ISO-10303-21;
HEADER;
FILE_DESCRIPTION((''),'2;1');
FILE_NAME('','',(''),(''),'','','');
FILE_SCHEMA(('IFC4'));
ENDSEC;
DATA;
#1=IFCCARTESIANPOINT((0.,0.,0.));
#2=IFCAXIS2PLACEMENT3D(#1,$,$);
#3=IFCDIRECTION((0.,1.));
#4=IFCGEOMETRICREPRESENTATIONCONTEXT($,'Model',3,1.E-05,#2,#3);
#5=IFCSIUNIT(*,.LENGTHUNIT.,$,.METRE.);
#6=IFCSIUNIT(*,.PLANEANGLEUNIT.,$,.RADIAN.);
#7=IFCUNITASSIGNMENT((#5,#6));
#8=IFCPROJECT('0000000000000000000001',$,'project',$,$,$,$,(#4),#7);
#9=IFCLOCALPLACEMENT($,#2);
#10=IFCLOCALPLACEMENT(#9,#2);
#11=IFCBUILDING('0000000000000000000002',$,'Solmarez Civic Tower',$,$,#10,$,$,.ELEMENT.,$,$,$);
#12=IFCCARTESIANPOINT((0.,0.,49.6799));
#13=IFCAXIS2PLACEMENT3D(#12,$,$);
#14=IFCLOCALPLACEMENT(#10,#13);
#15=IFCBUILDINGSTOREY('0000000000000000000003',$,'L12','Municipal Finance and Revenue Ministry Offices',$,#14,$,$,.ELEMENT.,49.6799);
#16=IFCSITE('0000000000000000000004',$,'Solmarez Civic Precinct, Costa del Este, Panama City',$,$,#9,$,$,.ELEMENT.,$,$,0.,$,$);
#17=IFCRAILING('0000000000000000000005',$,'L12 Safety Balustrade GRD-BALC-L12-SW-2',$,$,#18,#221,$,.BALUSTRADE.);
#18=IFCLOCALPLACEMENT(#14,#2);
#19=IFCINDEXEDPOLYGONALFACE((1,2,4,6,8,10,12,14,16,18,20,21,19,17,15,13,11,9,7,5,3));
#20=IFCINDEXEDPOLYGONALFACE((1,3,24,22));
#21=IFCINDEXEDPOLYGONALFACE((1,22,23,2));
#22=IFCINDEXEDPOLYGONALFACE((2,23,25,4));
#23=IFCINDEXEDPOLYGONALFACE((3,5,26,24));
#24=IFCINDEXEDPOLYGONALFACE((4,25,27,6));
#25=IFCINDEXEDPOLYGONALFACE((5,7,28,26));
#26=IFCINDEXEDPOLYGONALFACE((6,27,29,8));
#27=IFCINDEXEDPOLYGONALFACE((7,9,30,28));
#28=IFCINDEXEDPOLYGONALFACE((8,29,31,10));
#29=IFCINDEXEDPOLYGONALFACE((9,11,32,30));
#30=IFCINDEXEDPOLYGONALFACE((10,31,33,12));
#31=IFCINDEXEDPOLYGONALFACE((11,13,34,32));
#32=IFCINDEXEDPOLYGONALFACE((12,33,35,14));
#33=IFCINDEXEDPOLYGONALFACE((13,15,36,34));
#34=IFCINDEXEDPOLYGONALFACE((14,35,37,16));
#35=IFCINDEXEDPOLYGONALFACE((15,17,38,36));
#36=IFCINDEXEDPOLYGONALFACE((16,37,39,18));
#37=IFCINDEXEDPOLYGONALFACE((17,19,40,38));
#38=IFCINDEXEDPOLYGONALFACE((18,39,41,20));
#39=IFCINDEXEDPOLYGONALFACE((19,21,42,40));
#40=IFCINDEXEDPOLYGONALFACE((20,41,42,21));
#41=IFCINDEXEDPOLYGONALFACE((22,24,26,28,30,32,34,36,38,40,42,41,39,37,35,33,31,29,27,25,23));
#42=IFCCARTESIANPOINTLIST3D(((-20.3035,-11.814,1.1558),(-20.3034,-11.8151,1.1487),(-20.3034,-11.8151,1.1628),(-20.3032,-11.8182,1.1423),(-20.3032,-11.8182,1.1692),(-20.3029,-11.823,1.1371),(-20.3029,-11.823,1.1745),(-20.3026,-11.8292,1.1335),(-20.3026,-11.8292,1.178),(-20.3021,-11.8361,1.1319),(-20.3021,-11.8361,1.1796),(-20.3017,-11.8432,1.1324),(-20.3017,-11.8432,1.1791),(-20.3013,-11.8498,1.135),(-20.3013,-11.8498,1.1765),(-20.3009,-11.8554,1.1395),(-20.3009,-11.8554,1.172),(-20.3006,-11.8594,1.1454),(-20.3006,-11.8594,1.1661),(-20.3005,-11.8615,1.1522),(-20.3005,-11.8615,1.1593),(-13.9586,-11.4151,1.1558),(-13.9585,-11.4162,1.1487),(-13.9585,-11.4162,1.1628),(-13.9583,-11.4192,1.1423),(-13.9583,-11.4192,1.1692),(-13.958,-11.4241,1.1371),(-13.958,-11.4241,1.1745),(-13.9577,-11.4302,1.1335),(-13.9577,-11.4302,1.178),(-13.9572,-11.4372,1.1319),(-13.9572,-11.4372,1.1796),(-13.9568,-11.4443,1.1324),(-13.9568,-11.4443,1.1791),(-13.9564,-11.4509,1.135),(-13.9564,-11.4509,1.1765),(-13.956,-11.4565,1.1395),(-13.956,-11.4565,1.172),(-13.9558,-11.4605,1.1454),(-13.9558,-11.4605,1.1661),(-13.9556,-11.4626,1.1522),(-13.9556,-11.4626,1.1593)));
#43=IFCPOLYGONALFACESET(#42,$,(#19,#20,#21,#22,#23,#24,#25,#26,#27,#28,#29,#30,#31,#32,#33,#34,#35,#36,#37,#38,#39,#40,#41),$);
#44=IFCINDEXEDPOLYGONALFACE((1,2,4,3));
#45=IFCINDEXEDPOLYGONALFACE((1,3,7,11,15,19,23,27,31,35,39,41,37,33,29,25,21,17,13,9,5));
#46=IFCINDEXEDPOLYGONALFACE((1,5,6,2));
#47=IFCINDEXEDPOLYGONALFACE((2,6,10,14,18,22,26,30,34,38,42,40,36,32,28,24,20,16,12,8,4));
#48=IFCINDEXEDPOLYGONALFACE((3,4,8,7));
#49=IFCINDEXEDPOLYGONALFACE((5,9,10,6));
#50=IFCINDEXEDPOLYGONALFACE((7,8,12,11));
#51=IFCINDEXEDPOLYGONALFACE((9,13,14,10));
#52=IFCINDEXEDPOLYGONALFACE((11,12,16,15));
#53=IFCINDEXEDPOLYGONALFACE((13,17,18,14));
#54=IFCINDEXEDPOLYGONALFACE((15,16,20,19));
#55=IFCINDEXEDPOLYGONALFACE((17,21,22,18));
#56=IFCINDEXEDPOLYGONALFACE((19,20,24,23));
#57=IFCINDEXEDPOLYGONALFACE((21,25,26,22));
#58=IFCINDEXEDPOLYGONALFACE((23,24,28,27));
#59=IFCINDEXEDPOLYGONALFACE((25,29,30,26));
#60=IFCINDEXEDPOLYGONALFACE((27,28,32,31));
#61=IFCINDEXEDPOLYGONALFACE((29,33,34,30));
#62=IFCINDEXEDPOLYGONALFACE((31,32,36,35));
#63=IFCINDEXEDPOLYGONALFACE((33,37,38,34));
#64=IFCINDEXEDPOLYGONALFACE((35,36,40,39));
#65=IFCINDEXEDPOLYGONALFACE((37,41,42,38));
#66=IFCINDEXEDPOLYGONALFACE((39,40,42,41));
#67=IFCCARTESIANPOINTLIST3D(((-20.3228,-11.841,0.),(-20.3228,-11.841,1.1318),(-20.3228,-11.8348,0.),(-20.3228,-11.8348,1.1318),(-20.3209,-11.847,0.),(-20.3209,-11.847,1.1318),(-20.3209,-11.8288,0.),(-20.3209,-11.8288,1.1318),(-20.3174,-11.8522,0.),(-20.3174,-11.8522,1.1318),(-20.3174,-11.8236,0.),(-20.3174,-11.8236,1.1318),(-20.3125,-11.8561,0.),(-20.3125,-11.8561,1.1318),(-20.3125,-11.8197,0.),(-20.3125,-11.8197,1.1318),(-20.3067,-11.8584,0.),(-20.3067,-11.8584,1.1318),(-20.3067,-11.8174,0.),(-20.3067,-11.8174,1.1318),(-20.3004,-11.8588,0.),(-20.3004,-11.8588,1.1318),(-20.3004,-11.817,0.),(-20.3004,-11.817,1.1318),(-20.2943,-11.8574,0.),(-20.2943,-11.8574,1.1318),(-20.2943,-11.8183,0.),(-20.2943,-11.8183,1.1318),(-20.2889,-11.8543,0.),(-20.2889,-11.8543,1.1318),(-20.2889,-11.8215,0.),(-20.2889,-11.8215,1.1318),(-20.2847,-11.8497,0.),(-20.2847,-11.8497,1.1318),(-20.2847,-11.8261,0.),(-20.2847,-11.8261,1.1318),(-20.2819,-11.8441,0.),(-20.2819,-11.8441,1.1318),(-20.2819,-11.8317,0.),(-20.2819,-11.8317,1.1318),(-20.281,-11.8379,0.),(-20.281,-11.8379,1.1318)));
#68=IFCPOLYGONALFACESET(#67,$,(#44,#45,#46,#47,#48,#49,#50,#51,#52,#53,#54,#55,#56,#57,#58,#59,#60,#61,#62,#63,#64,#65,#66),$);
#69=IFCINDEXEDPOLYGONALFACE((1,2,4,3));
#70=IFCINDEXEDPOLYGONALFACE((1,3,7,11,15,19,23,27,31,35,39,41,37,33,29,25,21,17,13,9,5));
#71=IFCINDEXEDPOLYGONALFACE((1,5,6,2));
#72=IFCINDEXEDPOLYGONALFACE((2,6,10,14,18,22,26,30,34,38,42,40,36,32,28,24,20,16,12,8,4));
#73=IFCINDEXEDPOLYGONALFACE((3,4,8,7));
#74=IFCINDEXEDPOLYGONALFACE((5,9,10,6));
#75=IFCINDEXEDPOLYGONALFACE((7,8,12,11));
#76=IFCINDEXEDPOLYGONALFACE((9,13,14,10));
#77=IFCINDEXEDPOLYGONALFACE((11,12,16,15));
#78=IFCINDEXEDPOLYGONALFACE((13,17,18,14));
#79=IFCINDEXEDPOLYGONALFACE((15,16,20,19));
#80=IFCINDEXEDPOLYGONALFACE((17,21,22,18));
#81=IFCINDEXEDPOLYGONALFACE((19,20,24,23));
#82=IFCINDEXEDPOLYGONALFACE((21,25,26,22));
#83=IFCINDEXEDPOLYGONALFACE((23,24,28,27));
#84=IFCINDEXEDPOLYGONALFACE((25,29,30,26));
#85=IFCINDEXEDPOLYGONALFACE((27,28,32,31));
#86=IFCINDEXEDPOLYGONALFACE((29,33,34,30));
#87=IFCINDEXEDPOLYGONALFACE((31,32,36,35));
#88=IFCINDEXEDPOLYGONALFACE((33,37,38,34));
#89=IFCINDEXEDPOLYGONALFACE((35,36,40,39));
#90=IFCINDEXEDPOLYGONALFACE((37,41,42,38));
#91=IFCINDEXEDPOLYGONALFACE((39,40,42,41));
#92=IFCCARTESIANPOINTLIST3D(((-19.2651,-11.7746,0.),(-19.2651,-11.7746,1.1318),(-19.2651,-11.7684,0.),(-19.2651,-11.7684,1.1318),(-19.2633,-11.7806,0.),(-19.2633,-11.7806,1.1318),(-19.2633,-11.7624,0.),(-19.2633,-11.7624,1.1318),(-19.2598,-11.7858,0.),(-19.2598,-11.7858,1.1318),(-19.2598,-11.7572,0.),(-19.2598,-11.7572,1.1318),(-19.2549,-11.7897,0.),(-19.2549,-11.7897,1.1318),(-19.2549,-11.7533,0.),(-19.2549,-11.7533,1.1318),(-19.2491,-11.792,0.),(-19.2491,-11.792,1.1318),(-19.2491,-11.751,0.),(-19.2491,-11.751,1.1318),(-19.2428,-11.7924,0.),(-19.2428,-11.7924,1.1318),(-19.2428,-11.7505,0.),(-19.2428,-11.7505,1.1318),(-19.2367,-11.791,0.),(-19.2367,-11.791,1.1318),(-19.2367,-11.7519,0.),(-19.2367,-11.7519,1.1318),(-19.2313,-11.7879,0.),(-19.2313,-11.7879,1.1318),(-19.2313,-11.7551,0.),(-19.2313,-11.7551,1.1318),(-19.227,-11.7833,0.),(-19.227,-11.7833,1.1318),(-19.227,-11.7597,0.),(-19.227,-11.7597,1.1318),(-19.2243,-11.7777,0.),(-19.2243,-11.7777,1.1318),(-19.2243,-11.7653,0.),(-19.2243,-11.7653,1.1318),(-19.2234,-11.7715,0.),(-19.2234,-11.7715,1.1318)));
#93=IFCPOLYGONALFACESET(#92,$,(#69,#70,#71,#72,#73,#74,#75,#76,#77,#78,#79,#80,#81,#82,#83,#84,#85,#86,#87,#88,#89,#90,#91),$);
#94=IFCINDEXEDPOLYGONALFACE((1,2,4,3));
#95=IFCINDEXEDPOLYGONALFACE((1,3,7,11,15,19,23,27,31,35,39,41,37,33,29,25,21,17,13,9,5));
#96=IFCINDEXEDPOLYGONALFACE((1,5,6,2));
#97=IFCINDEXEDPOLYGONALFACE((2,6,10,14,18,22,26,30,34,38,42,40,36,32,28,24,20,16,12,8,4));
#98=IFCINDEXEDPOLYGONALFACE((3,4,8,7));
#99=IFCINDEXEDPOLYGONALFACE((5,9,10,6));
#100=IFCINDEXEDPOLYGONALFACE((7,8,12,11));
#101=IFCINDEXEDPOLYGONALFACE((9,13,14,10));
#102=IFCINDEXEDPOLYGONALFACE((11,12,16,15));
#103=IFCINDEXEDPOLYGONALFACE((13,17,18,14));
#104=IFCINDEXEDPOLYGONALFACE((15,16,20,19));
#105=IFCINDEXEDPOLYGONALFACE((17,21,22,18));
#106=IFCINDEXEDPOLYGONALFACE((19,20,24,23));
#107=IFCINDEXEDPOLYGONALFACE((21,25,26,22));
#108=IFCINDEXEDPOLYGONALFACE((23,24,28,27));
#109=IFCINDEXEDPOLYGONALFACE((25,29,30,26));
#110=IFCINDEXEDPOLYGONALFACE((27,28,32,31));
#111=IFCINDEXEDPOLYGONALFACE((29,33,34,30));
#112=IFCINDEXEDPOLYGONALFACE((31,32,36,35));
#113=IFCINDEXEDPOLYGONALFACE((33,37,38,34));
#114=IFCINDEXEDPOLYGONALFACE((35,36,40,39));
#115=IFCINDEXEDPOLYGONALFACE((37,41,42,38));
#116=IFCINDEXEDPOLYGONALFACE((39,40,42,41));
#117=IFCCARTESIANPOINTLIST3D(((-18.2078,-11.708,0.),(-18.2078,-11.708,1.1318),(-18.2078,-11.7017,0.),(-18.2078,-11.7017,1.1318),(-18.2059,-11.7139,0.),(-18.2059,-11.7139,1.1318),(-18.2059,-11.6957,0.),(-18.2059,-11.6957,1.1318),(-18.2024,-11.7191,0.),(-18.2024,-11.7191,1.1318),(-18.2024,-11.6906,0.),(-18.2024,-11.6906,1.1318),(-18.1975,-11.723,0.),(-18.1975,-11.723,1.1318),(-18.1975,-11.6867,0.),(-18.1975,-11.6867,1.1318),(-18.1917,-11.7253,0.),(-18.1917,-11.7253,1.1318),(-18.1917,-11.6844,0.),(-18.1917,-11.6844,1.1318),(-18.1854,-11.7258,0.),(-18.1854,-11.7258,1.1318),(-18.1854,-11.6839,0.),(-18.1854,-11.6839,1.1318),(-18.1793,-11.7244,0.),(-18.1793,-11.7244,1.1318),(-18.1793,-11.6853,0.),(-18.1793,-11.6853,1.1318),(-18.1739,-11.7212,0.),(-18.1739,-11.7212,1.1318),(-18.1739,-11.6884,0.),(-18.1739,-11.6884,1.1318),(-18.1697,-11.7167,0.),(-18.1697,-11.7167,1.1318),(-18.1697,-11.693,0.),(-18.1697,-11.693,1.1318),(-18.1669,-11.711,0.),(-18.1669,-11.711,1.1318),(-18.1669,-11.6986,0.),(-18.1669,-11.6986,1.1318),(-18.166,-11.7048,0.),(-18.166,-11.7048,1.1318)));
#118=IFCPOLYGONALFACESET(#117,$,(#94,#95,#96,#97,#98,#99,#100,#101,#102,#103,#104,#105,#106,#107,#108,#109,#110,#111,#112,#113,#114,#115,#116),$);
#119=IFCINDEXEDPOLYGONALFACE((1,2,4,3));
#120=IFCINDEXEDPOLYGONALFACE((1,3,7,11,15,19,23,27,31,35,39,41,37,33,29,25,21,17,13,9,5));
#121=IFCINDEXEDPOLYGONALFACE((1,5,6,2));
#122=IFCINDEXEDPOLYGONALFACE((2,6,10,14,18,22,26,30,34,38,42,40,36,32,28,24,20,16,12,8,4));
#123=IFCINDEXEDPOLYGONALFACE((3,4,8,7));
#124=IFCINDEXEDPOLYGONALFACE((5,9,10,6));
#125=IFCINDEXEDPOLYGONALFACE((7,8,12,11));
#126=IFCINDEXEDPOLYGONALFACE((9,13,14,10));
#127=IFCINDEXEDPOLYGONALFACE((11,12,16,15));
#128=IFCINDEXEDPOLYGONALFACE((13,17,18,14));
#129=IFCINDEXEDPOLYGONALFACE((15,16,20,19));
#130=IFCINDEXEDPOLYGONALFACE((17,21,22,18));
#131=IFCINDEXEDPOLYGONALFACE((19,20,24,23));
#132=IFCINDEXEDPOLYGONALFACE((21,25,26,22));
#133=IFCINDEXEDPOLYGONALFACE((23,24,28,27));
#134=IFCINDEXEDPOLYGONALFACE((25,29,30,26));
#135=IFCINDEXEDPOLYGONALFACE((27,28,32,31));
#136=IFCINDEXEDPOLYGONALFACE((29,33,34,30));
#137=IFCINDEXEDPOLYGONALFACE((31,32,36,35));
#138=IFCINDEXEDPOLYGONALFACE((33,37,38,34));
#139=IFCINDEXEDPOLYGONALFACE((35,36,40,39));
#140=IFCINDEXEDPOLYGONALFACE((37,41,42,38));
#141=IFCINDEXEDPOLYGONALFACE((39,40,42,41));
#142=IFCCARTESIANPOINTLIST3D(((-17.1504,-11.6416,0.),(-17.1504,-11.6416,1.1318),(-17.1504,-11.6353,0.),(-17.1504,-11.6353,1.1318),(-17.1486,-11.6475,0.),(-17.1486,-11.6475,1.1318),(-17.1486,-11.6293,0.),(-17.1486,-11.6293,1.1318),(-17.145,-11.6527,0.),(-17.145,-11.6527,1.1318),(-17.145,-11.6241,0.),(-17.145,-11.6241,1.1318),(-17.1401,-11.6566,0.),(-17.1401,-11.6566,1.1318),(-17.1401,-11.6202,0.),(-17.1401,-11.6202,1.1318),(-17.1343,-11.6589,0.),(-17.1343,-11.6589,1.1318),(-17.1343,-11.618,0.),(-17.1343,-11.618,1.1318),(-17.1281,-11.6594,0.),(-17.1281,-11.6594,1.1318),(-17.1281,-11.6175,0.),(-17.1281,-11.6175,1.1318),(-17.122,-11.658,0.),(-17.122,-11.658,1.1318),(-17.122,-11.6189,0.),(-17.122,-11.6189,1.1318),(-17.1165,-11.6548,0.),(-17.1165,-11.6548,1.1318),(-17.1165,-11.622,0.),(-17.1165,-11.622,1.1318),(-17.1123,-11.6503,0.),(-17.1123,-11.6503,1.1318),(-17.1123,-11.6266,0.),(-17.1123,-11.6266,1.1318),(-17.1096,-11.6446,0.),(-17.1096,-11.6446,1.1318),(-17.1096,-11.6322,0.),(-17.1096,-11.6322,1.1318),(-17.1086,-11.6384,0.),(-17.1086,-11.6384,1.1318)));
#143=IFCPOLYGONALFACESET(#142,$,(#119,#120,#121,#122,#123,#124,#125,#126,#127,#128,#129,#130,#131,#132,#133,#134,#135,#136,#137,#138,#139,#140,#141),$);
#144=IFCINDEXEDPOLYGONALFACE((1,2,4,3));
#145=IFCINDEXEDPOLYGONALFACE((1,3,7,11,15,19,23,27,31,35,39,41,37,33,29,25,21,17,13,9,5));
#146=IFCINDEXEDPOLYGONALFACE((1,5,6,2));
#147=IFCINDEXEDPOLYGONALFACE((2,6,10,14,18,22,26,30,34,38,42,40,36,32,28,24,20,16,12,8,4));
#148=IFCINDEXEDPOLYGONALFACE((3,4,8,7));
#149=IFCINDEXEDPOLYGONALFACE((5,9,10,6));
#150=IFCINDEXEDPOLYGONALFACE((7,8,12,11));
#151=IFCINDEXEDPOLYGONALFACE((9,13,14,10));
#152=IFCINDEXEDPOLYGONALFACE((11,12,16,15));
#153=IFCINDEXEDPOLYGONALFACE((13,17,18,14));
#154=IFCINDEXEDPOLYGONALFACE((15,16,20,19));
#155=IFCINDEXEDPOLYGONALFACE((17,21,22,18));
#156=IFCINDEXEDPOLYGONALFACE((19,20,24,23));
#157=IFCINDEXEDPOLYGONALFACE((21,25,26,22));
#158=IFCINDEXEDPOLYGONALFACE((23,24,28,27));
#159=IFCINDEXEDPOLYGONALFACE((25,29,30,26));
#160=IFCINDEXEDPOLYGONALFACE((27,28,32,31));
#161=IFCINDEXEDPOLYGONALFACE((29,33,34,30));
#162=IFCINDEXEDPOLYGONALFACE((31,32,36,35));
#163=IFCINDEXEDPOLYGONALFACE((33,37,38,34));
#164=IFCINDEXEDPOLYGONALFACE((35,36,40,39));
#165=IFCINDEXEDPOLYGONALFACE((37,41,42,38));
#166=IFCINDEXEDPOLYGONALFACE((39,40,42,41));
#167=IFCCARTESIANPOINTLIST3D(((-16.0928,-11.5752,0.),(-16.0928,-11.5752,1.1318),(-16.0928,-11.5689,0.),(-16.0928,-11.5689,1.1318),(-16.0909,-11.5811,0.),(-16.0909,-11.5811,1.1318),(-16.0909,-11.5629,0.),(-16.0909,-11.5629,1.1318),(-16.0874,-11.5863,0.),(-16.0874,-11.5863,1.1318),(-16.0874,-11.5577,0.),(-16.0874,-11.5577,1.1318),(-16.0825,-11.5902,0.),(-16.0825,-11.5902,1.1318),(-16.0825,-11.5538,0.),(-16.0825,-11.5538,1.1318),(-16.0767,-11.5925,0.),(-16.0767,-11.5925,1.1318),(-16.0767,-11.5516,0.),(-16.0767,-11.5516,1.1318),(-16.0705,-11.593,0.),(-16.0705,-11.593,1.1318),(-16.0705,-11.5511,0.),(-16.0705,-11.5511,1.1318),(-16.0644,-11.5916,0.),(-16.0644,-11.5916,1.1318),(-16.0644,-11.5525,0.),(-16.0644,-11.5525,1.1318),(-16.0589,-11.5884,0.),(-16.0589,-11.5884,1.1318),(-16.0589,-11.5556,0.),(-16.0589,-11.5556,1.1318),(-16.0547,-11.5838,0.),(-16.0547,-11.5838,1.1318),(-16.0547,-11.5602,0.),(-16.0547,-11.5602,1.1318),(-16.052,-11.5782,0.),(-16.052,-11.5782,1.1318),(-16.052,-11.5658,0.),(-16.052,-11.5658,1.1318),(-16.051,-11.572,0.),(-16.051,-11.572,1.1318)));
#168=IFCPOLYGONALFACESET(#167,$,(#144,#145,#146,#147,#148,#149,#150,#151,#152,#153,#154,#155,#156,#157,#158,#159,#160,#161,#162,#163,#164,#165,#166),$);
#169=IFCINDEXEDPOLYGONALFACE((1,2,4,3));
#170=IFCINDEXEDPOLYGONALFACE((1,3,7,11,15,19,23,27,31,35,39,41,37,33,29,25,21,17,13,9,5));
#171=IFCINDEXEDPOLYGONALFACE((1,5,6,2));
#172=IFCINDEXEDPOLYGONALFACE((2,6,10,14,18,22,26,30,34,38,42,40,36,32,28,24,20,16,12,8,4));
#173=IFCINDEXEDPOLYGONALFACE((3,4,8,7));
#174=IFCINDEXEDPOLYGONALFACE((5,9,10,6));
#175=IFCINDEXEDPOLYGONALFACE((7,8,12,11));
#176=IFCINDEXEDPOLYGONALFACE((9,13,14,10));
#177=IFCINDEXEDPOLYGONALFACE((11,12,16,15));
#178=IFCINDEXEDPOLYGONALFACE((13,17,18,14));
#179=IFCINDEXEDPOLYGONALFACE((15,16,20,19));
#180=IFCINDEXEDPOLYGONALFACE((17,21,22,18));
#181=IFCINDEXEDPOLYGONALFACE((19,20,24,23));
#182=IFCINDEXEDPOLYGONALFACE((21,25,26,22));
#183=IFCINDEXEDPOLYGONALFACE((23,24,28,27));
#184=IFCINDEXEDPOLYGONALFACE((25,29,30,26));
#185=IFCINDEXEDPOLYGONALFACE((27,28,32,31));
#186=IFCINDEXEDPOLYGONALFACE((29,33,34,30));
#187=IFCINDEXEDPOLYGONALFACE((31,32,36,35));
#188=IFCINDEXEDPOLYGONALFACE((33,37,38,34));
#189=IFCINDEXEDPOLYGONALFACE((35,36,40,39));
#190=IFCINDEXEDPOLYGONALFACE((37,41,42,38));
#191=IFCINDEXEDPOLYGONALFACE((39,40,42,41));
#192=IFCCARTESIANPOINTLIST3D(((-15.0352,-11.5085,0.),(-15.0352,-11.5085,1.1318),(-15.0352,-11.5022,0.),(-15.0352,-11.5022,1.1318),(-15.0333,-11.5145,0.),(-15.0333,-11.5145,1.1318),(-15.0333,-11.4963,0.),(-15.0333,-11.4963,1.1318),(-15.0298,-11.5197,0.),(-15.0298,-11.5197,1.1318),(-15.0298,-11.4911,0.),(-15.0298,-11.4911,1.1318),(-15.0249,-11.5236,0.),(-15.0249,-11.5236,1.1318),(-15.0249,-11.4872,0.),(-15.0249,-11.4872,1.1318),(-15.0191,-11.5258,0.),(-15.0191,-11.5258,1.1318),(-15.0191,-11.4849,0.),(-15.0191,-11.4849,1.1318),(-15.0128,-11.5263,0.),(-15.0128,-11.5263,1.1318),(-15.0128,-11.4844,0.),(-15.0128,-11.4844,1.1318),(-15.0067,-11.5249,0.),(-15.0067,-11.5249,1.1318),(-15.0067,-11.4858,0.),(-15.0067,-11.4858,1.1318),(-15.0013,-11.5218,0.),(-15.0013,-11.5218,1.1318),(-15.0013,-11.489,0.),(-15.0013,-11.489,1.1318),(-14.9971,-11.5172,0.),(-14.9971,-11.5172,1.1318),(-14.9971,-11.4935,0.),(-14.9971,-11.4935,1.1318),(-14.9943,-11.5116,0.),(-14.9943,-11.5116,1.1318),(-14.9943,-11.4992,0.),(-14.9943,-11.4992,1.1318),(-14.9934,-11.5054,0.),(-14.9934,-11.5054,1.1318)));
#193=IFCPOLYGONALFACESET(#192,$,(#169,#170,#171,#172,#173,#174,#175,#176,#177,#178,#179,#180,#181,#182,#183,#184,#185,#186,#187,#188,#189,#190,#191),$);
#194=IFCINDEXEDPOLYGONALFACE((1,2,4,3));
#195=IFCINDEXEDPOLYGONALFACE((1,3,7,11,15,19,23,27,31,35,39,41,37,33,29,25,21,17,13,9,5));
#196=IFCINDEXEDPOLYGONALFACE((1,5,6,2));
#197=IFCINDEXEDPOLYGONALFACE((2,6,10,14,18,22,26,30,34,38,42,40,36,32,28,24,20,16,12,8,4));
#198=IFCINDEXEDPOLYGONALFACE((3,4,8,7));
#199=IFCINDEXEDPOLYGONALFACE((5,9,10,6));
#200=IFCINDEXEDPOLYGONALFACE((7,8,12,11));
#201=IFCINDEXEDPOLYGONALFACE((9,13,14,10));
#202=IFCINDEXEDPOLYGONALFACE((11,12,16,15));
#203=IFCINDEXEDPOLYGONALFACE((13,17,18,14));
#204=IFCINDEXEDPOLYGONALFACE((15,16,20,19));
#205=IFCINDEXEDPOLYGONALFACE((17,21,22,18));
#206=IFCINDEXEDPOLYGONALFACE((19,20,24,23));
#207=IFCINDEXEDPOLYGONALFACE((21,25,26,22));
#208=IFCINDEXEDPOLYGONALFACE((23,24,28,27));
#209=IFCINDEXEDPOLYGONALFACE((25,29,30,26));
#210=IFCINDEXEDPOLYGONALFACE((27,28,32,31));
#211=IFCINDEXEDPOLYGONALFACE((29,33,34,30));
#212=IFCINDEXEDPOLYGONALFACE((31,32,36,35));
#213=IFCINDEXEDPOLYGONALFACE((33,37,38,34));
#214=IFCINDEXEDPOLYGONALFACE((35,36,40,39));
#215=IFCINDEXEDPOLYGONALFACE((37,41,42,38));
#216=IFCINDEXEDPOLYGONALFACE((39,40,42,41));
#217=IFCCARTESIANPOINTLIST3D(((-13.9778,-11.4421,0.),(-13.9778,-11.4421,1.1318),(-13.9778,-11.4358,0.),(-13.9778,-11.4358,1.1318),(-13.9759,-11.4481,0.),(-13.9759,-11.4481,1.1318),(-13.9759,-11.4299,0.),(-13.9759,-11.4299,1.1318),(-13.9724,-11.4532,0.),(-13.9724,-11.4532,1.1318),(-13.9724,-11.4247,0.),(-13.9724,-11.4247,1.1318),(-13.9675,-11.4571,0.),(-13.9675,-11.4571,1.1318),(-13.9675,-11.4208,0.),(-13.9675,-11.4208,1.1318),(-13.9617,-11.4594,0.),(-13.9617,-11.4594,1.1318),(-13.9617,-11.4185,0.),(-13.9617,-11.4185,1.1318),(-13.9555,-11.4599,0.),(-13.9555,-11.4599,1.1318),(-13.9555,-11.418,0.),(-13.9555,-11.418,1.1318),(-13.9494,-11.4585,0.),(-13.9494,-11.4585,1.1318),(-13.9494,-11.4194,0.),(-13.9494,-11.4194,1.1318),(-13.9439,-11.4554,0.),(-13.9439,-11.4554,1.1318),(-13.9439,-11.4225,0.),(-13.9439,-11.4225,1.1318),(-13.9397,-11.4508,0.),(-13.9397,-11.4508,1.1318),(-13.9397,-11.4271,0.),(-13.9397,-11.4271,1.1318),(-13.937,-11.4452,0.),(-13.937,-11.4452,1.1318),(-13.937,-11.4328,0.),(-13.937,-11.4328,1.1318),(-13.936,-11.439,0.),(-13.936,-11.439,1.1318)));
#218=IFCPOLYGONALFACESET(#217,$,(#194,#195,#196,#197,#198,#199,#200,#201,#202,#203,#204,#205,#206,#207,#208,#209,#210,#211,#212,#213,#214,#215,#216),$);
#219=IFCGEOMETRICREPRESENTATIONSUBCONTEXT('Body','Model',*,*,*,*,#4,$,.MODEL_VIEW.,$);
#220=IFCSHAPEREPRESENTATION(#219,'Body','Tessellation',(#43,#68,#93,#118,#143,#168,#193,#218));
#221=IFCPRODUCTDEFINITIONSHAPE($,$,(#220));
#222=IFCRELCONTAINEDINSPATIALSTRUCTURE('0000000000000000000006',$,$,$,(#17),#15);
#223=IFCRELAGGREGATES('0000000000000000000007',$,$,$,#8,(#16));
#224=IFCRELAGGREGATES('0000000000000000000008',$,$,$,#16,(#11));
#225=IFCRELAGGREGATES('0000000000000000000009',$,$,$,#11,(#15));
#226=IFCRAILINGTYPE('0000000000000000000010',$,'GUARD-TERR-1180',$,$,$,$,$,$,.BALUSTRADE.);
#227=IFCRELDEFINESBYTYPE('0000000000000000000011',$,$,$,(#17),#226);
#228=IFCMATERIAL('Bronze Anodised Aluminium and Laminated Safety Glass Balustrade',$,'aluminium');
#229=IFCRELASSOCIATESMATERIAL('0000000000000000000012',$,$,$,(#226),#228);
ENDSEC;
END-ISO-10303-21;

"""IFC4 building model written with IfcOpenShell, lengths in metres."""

from ifc_helpers import new_model, si_unit, direction, frame, origin, origin_2d, place, context, subcontext, project, spatial, circle, extrude, material, type_object, element, save


model = new_model("IFC4")

# Units and contexts
model_context = context("Model", 3, precision=1e-05, world=origin(), true_north=direction((0.0, 1.0)))
body_context = subcontext(model_context, "Body", "Model", "MODEL_VIEW")
ifc_project = project(units=[si_unit("LENGTHUNIT", "METRE"), si_unit("PLANEANGLEUNIT", "RADIAN")], contexts=[model_context])

# Site, building, storey
site_placement = place(None, origin())
site = spatial("IfcSite", under=ifc_project, at=site_placement, Name="Solmarez Civic Precinct, Costa del Este, Panama City", CompositionType="ELEMENT", RefElevation=0.0)
building_placement = place(site_placement, origin())
building = spatial("IfcBuilding", under=site, at=building_placement, Name="Solmarez Civic Tower", CompositionType="ELEMENT")
storey_placement = place(building_placement, frame((0.0, 0.0, 49.6799)))
storey = spatial("IfcBuildingStorey", under=building, at=storey_placement, Name="L12", Description="Municipal Finance and Revenue Ministry Offices", CompositionType="ELEMENT", Elevation=49.6799)

# Railing
ifc_material_1 = material(Name="Bronze Anodised Aluminium and Laminated Safety Glass Balustrade", Category="aluminium")
railing_type = type_object("IfcRailingType", Name="GUARD-TERR-1180", PredefinedType="BALUSTRADE", material=ifc_material_1)
railing_1_placement = place(storey_placement, frame((-20.302, -11.8379, 0.0)))
element("IfcRailing", 1, at=railing_1_placement, inside=storey, type_object=railing_type, Name="L12 Safety Balustrade GRD-BALC-L12-SW-2", PredefinedType="BALUSTRADE", context=body_context, shape_type="SweptSolid", body=[
    extrude(circle(Radius=0.0239, at=origin_2d()), frame((0.0, 0.0, 1.1558), z_axis=(0.998029, 0.062749, 0.0), x_axis=(-0.062749, 0.998029, 0.0)), (0.0, 0.0, 1.0), 6.3574),
    extrude(circle(Radius=0.021, at=origin_2d()), origin(), (0.0, 0.0, 1.0), 1.1318),
    extrude(circle(Radius=0.021, at=origin_2d()), frame((1.0576, 0.0664, 0.0)), (0.0, 0.0, 1.0), 1.1318),
    extrude(circle(Radius=0.021, at=origin_2d()), frame((2.115, 0.1331, 0.0)), (0.0, 0.0, 1.0), 1.1318),
    extrude(circle(Radius=0.021, at=origin_2d()), frame((3.1724, 0.1995, 0.0)), (0.0, 0.0, 1.0), 1.1318),
    extrude(circle(Radius=0.021, at=origin_2d()), frame((4.23, 0.2659, 0.0)), (0.0, 0.0, 1.0), 1.1318),
    extrude(circle(Radius=0.021, at=origin_2d()), frame((5.2876, 0.3325, 0.0)), (0.0, 0.0, 1.0), 1.1318),
    extrude(circle(Radius=0.021, at=origin_2d()), frame((6.345, 0.3989, 0.0)), (0.0, 0.0, 1.0), 1.1318),
])

save(model, "model.ifc")
